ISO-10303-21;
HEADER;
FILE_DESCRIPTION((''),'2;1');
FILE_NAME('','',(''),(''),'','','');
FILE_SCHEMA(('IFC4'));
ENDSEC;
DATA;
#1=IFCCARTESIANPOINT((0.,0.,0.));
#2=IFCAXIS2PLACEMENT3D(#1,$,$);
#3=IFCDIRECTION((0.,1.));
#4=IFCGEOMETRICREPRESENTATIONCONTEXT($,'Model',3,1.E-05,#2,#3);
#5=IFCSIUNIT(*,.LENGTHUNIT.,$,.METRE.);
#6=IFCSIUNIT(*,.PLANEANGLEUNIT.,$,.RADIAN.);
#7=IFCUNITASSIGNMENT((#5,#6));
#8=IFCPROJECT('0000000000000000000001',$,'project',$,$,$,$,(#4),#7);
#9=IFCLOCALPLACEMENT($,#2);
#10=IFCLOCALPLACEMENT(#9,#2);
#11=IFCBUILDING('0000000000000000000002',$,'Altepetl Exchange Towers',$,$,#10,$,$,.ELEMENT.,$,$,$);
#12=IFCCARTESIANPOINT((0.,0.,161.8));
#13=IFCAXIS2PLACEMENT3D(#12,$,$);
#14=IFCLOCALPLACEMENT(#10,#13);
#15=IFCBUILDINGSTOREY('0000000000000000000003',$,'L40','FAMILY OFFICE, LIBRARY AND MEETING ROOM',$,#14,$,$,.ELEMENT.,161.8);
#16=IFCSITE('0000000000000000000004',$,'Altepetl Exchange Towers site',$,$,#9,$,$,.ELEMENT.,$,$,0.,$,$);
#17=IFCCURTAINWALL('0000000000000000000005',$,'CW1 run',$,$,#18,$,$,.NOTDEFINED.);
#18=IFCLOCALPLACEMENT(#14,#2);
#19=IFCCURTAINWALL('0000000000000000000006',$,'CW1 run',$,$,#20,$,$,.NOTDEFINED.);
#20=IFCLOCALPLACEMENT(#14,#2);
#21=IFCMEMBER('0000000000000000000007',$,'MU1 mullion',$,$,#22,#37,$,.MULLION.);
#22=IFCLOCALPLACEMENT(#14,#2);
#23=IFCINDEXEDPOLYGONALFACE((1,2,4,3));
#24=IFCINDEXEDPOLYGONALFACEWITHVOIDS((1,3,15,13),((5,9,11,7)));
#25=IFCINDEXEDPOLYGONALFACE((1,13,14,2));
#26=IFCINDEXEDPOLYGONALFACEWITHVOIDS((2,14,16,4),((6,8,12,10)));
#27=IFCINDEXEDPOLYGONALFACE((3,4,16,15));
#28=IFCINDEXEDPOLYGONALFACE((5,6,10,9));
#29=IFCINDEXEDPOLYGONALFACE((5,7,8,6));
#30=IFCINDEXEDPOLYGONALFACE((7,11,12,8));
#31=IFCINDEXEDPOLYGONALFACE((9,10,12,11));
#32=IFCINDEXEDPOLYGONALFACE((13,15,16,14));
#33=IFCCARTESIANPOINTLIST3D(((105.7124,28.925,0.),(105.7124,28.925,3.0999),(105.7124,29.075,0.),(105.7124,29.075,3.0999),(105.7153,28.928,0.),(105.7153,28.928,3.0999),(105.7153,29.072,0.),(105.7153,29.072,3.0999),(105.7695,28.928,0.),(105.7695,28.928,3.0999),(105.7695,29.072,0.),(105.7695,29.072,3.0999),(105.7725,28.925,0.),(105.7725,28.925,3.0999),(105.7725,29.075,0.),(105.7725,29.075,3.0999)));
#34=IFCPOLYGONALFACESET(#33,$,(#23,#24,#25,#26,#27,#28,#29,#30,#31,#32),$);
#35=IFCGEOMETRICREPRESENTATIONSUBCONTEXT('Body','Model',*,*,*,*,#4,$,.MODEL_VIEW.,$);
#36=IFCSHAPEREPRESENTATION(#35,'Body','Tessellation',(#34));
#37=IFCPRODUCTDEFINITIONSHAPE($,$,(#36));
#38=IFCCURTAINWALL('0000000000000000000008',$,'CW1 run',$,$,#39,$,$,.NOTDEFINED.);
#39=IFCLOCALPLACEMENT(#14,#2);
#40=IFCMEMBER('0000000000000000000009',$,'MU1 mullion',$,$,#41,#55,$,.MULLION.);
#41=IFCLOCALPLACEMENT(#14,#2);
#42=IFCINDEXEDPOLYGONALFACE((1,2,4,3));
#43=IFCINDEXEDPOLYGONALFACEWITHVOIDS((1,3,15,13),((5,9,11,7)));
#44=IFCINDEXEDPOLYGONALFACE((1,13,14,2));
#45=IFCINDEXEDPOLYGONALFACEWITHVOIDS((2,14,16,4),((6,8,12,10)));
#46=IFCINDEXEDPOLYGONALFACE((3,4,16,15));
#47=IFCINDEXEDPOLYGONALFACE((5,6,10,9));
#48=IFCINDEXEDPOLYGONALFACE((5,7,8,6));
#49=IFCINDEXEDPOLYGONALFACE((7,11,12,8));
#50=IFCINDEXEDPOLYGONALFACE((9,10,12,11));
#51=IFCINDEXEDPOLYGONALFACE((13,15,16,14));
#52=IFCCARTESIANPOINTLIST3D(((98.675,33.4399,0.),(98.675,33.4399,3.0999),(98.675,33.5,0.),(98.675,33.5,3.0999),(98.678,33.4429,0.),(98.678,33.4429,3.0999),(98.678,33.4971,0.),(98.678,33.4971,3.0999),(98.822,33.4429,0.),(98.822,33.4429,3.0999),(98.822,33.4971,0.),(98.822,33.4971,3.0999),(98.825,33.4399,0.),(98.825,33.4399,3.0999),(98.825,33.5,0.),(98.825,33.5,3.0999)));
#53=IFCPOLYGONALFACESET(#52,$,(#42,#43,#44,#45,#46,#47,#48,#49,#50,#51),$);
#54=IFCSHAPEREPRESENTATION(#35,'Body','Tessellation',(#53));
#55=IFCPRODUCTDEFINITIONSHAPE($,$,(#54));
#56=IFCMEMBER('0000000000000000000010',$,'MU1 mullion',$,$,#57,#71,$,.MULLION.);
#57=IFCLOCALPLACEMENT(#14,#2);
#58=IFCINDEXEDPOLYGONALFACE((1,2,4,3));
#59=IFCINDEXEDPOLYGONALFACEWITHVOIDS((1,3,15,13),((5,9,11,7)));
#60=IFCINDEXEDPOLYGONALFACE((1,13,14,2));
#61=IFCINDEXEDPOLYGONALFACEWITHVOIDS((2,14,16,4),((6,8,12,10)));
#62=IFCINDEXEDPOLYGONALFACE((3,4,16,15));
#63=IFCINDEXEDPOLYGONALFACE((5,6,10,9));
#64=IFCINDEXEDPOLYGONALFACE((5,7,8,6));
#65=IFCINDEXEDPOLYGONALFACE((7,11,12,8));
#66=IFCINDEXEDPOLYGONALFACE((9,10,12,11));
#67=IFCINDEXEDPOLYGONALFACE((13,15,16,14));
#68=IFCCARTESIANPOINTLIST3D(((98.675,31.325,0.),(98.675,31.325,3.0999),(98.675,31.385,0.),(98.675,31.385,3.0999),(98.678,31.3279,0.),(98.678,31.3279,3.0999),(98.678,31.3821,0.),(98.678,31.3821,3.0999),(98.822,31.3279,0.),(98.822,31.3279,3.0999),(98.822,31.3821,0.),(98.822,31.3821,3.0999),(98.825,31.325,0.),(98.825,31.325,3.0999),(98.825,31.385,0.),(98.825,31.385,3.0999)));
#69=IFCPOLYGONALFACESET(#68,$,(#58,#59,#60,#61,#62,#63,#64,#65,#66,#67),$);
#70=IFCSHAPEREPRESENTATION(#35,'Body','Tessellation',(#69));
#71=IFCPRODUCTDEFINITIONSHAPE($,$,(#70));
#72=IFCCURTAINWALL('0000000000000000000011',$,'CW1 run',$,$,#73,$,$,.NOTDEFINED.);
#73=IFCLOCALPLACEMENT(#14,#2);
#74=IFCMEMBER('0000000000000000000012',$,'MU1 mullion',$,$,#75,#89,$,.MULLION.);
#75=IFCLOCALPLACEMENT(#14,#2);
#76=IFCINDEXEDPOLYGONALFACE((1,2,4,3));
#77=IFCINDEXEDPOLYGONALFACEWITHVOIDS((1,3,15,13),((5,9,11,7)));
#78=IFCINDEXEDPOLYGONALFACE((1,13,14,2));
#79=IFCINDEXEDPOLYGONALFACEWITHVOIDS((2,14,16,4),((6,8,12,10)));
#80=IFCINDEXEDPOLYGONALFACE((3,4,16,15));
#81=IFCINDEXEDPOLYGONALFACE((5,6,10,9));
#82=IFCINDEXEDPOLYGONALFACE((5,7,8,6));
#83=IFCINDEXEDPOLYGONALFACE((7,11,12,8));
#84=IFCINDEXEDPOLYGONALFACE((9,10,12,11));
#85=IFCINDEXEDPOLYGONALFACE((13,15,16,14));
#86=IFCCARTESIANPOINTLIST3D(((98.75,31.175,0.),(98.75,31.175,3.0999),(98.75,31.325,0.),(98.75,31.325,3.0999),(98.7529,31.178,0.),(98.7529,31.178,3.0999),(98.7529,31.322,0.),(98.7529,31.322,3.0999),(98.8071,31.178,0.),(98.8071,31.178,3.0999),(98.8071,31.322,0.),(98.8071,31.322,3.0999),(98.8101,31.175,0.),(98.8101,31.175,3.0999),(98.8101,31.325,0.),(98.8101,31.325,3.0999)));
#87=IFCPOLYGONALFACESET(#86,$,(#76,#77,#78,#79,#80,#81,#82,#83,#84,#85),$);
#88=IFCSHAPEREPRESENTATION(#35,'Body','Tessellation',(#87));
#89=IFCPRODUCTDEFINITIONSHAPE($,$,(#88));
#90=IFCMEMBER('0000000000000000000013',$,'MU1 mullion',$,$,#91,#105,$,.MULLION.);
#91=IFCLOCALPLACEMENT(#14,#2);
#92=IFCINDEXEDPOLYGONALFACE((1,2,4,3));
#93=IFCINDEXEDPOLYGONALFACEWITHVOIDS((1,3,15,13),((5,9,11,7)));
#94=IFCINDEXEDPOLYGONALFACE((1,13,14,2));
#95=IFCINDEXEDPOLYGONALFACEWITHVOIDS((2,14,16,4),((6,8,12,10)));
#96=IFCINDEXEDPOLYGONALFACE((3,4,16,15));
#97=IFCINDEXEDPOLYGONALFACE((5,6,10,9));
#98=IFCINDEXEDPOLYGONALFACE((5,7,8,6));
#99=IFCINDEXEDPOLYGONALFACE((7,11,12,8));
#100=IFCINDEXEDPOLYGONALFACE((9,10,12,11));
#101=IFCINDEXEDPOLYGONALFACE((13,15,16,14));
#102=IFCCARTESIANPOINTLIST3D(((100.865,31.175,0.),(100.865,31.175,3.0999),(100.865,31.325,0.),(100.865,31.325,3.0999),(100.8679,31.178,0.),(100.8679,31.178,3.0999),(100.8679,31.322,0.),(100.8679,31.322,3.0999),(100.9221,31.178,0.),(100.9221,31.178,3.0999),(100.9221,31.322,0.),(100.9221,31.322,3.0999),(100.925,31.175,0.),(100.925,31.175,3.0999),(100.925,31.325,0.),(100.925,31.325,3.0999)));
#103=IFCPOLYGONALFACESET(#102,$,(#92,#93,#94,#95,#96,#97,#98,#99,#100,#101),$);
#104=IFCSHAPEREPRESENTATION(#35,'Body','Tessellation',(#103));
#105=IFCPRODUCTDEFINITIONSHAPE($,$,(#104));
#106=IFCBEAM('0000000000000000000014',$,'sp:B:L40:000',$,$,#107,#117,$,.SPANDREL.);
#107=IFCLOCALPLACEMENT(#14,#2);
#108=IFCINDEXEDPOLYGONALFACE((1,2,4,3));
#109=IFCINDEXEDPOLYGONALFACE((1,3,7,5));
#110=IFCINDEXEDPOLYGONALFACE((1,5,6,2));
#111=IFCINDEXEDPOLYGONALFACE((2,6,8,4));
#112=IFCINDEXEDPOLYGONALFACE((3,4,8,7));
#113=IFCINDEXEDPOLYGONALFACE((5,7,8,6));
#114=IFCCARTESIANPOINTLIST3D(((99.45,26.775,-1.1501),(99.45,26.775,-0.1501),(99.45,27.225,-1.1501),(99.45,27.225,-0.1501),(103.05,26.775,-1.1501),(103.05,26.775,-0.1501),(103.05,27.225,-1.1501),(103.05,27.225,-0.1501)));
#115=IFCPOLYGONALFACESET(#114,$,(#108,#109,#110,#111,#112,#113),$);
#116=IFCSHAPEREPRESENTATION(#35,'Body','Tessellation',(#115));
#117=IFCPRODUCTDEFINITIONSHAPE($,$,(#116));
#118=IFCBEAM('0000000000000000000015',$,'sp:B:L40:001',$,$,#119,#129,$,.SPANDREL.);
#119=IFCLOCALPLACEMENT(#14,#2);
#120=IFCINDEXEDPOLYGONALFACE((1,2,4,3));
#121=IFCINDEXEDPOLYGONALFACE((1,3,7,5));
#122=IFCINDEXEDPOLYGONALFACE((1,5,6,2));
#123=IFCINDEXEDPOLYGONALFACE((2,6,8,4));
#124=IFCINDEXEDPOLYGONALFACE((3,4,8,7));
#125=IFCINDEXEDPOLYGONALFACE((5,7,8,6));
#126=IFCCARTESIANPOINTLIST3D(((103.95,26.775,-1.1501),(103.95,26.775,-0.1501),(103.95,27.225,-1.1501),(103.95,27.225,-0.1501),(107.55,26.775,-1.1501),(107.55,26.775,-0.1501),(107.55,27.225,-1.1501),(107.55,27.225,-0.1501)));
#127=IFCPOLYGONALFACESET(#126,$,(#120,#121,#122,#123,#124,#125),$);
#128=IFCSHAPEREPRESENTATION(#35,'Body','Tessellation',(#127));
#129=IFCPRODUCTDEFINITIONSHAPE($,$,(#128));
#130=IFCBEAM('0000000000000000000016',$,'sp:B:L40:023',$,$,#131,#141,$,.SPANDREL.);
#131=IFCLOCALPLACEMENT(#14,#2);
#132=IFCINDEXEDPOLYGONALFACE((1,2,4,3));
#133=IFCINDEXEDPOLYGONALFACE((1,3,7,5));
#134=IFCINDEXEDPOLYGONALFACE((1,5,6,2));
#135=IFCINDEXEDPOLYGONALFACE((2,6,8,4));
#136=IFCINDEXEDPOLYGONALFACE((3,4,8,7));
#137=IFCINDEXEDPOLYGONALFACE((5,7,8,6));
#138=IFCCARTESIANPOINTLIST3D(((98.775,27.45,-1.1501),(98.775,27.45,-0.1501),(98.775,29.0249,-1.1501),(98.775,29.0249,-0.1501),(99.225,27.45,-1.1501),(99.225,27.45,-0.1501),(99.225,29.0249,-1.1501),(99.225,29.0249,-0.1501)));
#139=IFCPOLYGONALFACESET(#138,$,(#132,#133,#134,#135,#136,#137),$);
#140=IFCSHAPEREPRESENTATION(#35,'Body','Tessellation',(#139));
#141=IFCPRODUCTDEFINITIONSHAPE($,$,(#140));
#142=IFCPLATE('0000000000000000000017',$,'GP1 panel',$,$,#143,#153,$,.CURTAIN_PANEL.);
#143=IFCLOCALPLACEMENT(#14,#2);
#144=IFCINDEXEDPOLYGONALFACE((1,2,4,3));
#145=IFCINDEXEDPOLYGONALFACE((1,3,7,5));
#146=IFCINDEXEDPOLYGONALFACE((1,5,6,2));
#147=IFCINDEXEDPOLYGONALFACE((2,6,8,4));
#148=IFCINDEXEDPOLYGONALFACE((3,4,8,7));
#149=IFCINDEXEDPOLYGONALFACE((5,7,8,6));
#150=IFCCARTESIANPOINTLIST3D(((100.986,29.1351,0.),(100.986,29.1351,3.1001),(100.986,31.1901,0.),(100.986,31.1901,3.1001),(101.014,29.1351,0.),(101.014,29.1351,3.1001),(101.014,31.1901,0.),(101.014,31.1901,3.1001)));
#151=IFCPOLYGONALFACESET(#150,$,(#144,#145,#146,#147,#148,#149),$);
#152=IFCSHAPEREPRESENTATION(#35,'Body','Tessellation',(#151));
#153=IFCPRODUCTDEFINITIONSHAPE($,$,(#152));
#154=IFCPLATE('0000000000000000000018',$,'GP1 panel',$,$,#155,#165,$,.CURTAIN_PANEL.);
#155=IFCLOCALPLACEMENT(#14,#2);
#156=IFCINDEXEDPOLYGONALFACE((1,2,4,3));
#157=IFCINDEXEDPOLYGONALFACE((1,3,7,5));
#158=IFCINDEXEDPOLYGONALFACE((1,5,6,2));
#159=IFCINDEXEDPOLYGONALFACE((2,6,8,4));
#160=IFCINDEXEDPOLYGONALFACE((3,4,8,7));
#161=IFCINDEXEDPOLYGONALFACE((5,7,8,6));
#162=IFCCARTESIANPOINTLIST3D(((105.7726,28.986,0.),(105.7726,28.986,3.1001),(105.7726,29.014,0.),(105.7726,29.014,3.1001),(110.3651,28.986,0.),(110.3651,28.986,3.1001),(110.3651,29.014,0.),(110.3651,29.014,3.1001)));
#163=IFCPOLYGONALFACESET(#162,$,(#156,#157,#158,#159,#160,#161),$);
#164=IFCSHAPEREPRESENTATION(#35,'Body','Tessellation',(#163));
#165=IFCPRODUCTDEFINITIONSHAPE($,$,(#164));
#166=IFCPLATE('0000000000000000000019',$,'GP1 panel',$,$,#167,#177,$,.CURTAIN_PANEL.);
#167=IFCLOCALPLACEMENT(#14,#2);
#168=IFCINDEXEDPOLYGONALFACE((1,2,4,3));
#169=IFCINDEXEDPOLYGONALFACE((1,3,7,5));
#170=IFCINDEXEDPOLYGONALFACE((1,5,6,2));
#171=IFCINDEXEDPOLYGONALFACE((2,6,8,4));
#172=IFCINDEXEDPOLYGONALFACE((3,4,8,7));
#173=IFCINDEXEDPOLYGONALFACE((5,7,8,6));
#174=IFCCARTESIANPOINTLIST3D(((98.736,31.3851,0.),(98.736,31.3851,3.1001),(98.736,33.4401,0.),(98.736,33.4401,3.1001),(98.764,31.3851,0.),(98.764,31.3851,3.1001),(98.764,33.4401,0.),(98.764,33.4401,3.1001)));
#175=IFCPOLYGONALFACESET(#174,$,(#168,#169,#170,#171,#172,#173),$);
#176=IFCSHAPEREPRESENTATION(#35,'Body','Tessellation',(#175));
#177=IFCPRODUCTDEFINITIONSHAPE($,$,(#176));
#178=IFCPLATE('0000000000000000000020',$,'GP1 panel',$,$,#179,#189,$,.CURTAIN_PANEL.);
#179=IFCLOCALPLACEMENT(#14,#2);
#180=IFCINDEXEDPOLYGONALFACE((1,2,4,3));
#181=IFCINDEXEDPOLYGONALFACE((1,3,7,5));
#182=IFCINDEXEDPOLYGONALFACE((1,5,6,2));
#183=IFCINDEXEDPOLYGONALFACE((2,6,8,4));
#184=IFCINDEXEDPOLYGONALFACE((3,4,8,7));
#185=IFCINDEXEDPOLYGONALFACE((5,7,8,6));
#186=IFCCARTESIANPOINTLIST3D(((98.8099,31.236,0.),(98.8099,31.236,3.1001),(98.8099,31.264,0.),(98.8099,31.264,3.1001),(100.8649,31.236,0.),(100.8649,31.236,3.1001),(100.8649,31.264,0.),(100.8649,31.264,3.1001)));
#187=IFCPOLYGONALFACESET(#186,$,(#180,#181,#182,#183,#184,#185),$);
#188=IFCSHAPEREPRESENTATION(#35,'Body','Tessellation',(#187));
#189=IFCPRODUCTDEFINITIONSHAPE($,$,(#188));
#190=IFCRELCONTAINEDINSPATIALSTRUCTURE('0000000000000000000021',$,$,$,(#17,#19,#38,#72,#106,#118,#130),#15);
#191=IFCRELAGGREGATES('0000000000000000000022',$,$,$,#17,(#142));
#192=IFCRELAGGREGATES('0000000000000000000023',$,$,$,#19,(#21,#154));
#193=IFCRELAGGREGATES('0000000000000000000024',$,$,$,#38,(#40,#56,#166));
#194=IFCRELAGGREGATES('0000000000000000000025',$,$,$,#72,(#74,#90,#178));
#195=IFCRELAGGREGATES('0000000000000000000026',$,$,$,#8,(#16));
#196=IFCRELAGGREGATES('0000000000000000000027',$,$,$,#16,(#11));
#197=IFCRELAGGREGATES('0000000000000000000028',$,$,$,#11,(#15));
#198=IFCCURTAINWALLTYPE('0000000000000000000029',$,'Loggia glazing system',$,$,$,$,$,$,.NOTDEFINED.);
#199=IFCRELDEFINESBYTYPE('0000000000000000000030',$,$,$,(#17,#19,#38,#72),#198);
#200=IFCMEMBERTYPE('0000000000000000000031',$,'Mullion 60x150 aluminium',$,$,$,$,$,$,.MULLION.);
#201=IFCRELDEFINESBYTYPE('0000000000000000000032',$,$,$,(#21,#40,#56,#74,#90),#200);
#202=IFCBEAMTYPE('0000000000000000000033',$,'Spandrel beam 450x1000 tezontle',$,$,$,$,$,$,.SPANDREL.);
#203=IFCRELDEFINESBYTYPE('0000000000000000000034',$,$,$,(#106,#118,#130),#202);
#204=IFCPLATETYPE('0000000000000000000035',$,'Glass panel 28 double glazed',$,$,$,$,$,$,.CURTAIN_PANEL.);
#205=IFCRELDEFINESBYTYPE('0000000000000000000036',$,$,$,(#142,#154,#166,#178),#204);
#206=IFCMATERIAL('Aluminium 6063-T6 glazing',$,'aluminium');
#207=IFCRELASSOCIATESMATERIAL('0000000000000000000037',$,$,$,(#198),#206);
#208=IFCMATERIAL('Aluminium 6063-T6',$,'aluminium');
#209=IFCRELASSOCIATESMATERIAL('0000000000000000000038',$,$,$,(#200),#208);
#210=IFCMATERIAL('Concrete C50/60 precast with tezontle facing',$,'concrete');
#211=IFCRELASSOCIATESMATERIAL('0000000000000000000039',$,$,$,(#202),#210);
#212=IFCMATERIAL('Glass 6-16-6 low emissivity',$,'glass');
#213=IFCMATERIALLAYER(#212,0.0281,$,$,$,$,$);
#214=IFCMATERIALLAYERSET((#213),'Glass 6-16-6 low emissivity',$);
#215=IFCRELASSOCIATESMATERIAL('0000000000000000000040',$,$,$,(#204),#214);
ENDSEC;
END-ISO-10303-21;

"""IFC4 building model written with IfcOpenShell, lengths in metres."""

from ifc_helpers import new_model, si_unit, direction, frame, origin, origin_2d, place, context, subcontext, project, spatial, rectangle, hollow_rectangle, extrude, material, layer, layer_set, material_profile, profile_set, type_object, element, aggregate, save


model = new_model("IFC4")

# Units and contexts
model_context = context("Model", 3, precision=1e-05, world=origin(), true_north=direction((0.0, 1.0)))
body_context = subcontext(model_context, "Body", "Model", "MODEL_VIEW")
ifc_project = project(units=[si_unit("LENGTHUNIT", "METRE"), si_unit("PLANEANGLEUNIT", "RADIAN")], contexts=[model_context])

# Site, building, storey
site_placement = place(None, origin())
site = spatial("IfcSite", under=ifc_project, at=site_placement, Name="Altepetl Exchange Towers site", CompositionType="ELEMENT", RefElevation=0.0)
building_placement = place(site_placement, origin())
building = spatial("IfcBuilding", under=site, at=building_placement, Name="Altepetl Exchange Towers", CompositionType="ELEMENT")
storey_placement = place(building_placement, frame((0.0, 0.0, 161.8)))
storey = spatial("IfcBuildingStorey", under=building, at=storey_placement, Name="L40", Description="FAMILY OFFICE, LIBRARY AND MEETING ROOM", CompositionType="ELEMENT", Elevation=161.8)

# Curtain wall
ifc_material_1 = material(Name="Aluminium 6063-T6 glazing", Category="aluminium")
curtain_wall_type = type_object("IfcCurtainWallType", Name="Loggia glazing system", PredefinedType="NOTDEFINED", material=ifc_material_1)
curtain_wall_1_placement = place(storey_placement, origin())
curtain_wall_1 = element("IfcCurtainWall", 1, at=curtain_wall_1_placement, inside=storey, type_object=curtain_wall_type, Name="CW1 run", PredefinedType="NOTDEFINED")
ifc_material_2 = material(Name="Aluminium 6063-T6", Category="aluminium")
ifc_material_profile_1 = material_profile(ifc_material_2, hollow_rectangle(XDim=0.0601, YDim=0.1499, WallThickness=0.0029, at=origin_2d()), Name="Mullion 60x150 aluminium")
ifc_profile_set_1 = profile_set([ifc_material_profile_1], Name="Aluminium 6063-T6")
member_type = type_object("IfcMemberType", Name="Mullion 60x150 aluminium", PredefinedType="MULLION", material=ifc_profile_set_1)

# Curtain wall, member
curtain_wall_2_placement = place(storey_placement, origin())
curtain_wall_2 = element("IfcCurtainWall", 2, at=curtain_wall_2_placement, inside=storey, type_object=curtain_wall_type, Name="CW1 run", PredefinedType="NOTDEFINED")
member_1_placement = place(storey_placement, frame((105.7424, 29.0, 0.0)))
member_1 = element("IfcMember", 3, at=member_1_placement, type_object=member_type, Name="MU1 mullion", PredefinedType="MULLION", context=body_context, shape_type="SweptSolid", body=[
    extrude(hollow_rectangle(XDim=0.0601, YDim=0.1499, WallThickness=0.0029, at=origin_2d()), origin(), (0.0, 0.0, 1.0), 3.0999),
])

# Curtain walls, members
curtain_wall_3_placement = place(storey_placement, origin())
curtain_wall_3 = element("IfcCurtainWall", 4, at=curtain_wall_3_placement, inside=storey, type_object=curtain_wall_type, Name="CW1 run", PredefinedType="NOTDEFINED")
member_2_placement = place(storey_placement, frame((98.75, 33.47, 0.0), z_axis=(0.0, 0.0, 1.0), x_axis=(0.0, -1.0, 0.0)))
member_2 = element("IfcMember", 5, at=member_2_placement, type_object=member_type, Name="MU1 mullion", PredefinedType="MULLION", context=body_context, shape_type="SweptSolid", body=[
    extrude(hollow_rectangle(XDim=0.0601, YDim=0.1499, WallThickness=0.0029, at=origin_2d()), origin(), (0.0, 0.0, 1.0), 3.0999),
])
member_3_placement = place(storey_placement, frame((98.75, 31.355, 0.0), z_axis=(0.0, 0.0, 1.0), x_axis=(0.0, -1.0, 0.0)))
member_3 = element("IfcMember", 6, at=member_3_placement, type_object=member_type, Name="MU1 mullion", PredefinedType="MULLION", context=body_context, shape_type="SweptSolid", body=[
    extrude(hollow_rectangle(XDim=0.0601, YDim=0.1499, WallThickness=0.0029, at=origin_2d()), origin(), (0.0, 0.0, 1.0), 3.0999),
])
curtain_wall_4_placement = place(storey_placement, origin())
curtain_wall_4 = element("IfcCurtainWall", 7, at=curtain_wall_4_placement, inside=storey, type_object=curtain_wall_type, Name="CW1 run", PredefinedType="NOTDEFINED")
member_4_placement = place(storey_placement, frame((98.78, 31.25, 0.0)))
member_4 = element("IfcMember", 8, at=member_4_placement, type_object=member_type, Name="MU1 mullion", PredefinedType="MULLION", context=body_context, shape_type="SweptSolid", body=[
    extrude(hollow_rectangle(XDim=0.0601, YDim=0.1499, WallThickness=0.0029, at=origin_2d()), origin(), (0.0, 0.0, 1.0), 3.0999),
])
member_5_placement = place(storey_placement, frame((100.895, 31.25, 0.0)))
member_5 = element("IfcMember", 9, at=member_5_placement, type_object=member_type, Name="MU1 mullion", PredefinedType="MULLION", context=body_context, shape_type="SweptSolid", body=[
    extrude(hollow_rectangle(XDim=0.0601, YDim=0.1499, WallThickness=0.0029, at=origin_2d()), origin(), (0.0, 0.0, 1.0), 3.0999),
])

# Beams
ifc_material_3 = material(Name="Concrete C50/60 precast with tezontle facing", Category="concrete")
ifc_material_profile_2 = material_profile(ifc_material_3, rectangle(XDim=0.45, YDim=1.0, at=origin_2d()), Name="450 x 1000")
ifc_profile_set_2 = profile_set([ifc_material_profile_2], Name="Concrete C50/60 precast with tezontle facing")
beam_type_1 = type_object("IfcBeamType", Name="Spandrel beam 450x1000 tezontle", PredefinedType="SPANDREL", material=ifc_profile_set_2)
for number, where, z_axis, x_axis, name in (
    (10, (99.45, 27.0, -0.6501), (1.0, 0.0, 0.0), (0.0, 1.0, 0.0), "sp:B:L40:000"),
    (11, (103.95, 27.0, -0.6501), (1.0, 0.0, 0.0), (0.0, 1.0, 0.0), "sp:B:L40:001"),
):
    element("IfcBeam", number, at=place(storey_placement, frame(where, z_axis=z_axis, x_axis=x_axis)), inside=storey, type_object=beam_type_1, Name=name, PredefinedType="SPANDREL", context=body_context, shape_type="SweptSolid", body=[
        extrude(rectangle(XDim=0.45, YDim=1.0, at=origin_2d()), origin(), (0.0, 0.0, 1.0), 3.6001),
    ])
beam_1_placement = place(storey_placement, frame((99.0, 29.0249, -0.6501), z_axis=(0.0, -1.0, 0.0), x_axis=(1.0, 0.0, 0.0)))
element("IfcBeam", 12, at=beam_1_placement, inside=storey, type_object=beam_type_1, Name="sp:B:L40:023", PredefinedType="SPANDREL", context=body_context, shape_type="SweptSolid", body=[
    extrude(rectangle(XDim=0.45, YDim=1.0, at=origin_2d()), origin(), (0.0, 0.0, 1.0), 1.575),
])

# Plates
ifc_material_4 = material(Name="Glass 6-16-6 low emissivity", Category="glass")
ifc_layer_1 = layer(ifc_material_4, 0.0281)
ifc_layer_set_1 = layer_set([ifc_layer_1], Name="Glass 6-16-6 low emissivity")
plate_type = type_object("IfcPlateType", Name="Glass panel 28 double glazed", PredefinedType="CURTAIN_PANEL", material=ifc_layer_set_1)
plate_1_placement = place(storey_placement, frame((101.0, 30.1626, 0.0), z_axis=(0.0, 0.0, 1.0), x_axis=(0.0, -1.0, 0.0)))
plate_1 = element("IfcPlate", 13, at=plate_1_placement, type_object=plate_type, Name="GP1 panel", PredefinedType="CURTAIN_PANEL", context=body_context, shape_type="SweptSolid", body=[
    extrude(rectangle(XDim=2.0549, YDim=0.0281, at=origin_2d()), origin(), (0.0, 0.0, 1.0), 3.1001),
])
aggregate(curtain_wall_1, [plate_1])
plate_2_placement = place(storey_placement, frame((108.0688, 29.0, 0.0)))
plate_2 = element("IfcPlate", 14, at=plate_2_placement, type_object=plate_type, Name="GP1 panel", PredefinedType="CURTAIN_PANEL", context=body_context, shape_type="SweptSolid", body=[
    extrude(rectangle(XDim=4.5925, YDim=0.0281, at=origin_2d()), origin(), (0.0, 0.0, 1.0), 3.1001),
])
aggregate(curtain_wall_2, [member_1, plate_2])
plate_3_placement = place(storey_placement, frame((98.75, 32.4126, 0.0), z_axis=(0.0, 0.0, 1.0), x_axis=(0.0, -1.0, 0.0)))
plate_3 = element("IfcPlate", 15, at=plate_3_placement, type_object=plate_type, Name="GP1 panel", PredefinedType="CURTAIN_PANEL", context=body_context, shape_type="SweptSolid", body=[
    extrude(rectangle(XDim=2.0549, YDim=0.0281, at=origin_2d()), origin(), (0.0, 0.0, 1.0), 3.1001),
])
aggregate(curtain_wall_3, [member_2, member_3, plate_3])
plate_4_placement = place(storey_placement, frame((99.8374, 31.25, 0.0)))
plate_4 = element("IfcPlate", 16, at=plate_4_placement, type_object=plate_type, Name="GP1 panel", PredefinedType="CURTAIN_PANEL", context=body_context, shape_type="SweptSolid", body=[
    extrude(rectangle(XDim=2.0549, YDim=0.0281, at=origin_2d()), origin(), (0.0, 0.0, 1.0), 3.1001),
])
aggregate(curtain_wall_4, [member_4, member_5, plate_4])

save(model, "model.ifc")
